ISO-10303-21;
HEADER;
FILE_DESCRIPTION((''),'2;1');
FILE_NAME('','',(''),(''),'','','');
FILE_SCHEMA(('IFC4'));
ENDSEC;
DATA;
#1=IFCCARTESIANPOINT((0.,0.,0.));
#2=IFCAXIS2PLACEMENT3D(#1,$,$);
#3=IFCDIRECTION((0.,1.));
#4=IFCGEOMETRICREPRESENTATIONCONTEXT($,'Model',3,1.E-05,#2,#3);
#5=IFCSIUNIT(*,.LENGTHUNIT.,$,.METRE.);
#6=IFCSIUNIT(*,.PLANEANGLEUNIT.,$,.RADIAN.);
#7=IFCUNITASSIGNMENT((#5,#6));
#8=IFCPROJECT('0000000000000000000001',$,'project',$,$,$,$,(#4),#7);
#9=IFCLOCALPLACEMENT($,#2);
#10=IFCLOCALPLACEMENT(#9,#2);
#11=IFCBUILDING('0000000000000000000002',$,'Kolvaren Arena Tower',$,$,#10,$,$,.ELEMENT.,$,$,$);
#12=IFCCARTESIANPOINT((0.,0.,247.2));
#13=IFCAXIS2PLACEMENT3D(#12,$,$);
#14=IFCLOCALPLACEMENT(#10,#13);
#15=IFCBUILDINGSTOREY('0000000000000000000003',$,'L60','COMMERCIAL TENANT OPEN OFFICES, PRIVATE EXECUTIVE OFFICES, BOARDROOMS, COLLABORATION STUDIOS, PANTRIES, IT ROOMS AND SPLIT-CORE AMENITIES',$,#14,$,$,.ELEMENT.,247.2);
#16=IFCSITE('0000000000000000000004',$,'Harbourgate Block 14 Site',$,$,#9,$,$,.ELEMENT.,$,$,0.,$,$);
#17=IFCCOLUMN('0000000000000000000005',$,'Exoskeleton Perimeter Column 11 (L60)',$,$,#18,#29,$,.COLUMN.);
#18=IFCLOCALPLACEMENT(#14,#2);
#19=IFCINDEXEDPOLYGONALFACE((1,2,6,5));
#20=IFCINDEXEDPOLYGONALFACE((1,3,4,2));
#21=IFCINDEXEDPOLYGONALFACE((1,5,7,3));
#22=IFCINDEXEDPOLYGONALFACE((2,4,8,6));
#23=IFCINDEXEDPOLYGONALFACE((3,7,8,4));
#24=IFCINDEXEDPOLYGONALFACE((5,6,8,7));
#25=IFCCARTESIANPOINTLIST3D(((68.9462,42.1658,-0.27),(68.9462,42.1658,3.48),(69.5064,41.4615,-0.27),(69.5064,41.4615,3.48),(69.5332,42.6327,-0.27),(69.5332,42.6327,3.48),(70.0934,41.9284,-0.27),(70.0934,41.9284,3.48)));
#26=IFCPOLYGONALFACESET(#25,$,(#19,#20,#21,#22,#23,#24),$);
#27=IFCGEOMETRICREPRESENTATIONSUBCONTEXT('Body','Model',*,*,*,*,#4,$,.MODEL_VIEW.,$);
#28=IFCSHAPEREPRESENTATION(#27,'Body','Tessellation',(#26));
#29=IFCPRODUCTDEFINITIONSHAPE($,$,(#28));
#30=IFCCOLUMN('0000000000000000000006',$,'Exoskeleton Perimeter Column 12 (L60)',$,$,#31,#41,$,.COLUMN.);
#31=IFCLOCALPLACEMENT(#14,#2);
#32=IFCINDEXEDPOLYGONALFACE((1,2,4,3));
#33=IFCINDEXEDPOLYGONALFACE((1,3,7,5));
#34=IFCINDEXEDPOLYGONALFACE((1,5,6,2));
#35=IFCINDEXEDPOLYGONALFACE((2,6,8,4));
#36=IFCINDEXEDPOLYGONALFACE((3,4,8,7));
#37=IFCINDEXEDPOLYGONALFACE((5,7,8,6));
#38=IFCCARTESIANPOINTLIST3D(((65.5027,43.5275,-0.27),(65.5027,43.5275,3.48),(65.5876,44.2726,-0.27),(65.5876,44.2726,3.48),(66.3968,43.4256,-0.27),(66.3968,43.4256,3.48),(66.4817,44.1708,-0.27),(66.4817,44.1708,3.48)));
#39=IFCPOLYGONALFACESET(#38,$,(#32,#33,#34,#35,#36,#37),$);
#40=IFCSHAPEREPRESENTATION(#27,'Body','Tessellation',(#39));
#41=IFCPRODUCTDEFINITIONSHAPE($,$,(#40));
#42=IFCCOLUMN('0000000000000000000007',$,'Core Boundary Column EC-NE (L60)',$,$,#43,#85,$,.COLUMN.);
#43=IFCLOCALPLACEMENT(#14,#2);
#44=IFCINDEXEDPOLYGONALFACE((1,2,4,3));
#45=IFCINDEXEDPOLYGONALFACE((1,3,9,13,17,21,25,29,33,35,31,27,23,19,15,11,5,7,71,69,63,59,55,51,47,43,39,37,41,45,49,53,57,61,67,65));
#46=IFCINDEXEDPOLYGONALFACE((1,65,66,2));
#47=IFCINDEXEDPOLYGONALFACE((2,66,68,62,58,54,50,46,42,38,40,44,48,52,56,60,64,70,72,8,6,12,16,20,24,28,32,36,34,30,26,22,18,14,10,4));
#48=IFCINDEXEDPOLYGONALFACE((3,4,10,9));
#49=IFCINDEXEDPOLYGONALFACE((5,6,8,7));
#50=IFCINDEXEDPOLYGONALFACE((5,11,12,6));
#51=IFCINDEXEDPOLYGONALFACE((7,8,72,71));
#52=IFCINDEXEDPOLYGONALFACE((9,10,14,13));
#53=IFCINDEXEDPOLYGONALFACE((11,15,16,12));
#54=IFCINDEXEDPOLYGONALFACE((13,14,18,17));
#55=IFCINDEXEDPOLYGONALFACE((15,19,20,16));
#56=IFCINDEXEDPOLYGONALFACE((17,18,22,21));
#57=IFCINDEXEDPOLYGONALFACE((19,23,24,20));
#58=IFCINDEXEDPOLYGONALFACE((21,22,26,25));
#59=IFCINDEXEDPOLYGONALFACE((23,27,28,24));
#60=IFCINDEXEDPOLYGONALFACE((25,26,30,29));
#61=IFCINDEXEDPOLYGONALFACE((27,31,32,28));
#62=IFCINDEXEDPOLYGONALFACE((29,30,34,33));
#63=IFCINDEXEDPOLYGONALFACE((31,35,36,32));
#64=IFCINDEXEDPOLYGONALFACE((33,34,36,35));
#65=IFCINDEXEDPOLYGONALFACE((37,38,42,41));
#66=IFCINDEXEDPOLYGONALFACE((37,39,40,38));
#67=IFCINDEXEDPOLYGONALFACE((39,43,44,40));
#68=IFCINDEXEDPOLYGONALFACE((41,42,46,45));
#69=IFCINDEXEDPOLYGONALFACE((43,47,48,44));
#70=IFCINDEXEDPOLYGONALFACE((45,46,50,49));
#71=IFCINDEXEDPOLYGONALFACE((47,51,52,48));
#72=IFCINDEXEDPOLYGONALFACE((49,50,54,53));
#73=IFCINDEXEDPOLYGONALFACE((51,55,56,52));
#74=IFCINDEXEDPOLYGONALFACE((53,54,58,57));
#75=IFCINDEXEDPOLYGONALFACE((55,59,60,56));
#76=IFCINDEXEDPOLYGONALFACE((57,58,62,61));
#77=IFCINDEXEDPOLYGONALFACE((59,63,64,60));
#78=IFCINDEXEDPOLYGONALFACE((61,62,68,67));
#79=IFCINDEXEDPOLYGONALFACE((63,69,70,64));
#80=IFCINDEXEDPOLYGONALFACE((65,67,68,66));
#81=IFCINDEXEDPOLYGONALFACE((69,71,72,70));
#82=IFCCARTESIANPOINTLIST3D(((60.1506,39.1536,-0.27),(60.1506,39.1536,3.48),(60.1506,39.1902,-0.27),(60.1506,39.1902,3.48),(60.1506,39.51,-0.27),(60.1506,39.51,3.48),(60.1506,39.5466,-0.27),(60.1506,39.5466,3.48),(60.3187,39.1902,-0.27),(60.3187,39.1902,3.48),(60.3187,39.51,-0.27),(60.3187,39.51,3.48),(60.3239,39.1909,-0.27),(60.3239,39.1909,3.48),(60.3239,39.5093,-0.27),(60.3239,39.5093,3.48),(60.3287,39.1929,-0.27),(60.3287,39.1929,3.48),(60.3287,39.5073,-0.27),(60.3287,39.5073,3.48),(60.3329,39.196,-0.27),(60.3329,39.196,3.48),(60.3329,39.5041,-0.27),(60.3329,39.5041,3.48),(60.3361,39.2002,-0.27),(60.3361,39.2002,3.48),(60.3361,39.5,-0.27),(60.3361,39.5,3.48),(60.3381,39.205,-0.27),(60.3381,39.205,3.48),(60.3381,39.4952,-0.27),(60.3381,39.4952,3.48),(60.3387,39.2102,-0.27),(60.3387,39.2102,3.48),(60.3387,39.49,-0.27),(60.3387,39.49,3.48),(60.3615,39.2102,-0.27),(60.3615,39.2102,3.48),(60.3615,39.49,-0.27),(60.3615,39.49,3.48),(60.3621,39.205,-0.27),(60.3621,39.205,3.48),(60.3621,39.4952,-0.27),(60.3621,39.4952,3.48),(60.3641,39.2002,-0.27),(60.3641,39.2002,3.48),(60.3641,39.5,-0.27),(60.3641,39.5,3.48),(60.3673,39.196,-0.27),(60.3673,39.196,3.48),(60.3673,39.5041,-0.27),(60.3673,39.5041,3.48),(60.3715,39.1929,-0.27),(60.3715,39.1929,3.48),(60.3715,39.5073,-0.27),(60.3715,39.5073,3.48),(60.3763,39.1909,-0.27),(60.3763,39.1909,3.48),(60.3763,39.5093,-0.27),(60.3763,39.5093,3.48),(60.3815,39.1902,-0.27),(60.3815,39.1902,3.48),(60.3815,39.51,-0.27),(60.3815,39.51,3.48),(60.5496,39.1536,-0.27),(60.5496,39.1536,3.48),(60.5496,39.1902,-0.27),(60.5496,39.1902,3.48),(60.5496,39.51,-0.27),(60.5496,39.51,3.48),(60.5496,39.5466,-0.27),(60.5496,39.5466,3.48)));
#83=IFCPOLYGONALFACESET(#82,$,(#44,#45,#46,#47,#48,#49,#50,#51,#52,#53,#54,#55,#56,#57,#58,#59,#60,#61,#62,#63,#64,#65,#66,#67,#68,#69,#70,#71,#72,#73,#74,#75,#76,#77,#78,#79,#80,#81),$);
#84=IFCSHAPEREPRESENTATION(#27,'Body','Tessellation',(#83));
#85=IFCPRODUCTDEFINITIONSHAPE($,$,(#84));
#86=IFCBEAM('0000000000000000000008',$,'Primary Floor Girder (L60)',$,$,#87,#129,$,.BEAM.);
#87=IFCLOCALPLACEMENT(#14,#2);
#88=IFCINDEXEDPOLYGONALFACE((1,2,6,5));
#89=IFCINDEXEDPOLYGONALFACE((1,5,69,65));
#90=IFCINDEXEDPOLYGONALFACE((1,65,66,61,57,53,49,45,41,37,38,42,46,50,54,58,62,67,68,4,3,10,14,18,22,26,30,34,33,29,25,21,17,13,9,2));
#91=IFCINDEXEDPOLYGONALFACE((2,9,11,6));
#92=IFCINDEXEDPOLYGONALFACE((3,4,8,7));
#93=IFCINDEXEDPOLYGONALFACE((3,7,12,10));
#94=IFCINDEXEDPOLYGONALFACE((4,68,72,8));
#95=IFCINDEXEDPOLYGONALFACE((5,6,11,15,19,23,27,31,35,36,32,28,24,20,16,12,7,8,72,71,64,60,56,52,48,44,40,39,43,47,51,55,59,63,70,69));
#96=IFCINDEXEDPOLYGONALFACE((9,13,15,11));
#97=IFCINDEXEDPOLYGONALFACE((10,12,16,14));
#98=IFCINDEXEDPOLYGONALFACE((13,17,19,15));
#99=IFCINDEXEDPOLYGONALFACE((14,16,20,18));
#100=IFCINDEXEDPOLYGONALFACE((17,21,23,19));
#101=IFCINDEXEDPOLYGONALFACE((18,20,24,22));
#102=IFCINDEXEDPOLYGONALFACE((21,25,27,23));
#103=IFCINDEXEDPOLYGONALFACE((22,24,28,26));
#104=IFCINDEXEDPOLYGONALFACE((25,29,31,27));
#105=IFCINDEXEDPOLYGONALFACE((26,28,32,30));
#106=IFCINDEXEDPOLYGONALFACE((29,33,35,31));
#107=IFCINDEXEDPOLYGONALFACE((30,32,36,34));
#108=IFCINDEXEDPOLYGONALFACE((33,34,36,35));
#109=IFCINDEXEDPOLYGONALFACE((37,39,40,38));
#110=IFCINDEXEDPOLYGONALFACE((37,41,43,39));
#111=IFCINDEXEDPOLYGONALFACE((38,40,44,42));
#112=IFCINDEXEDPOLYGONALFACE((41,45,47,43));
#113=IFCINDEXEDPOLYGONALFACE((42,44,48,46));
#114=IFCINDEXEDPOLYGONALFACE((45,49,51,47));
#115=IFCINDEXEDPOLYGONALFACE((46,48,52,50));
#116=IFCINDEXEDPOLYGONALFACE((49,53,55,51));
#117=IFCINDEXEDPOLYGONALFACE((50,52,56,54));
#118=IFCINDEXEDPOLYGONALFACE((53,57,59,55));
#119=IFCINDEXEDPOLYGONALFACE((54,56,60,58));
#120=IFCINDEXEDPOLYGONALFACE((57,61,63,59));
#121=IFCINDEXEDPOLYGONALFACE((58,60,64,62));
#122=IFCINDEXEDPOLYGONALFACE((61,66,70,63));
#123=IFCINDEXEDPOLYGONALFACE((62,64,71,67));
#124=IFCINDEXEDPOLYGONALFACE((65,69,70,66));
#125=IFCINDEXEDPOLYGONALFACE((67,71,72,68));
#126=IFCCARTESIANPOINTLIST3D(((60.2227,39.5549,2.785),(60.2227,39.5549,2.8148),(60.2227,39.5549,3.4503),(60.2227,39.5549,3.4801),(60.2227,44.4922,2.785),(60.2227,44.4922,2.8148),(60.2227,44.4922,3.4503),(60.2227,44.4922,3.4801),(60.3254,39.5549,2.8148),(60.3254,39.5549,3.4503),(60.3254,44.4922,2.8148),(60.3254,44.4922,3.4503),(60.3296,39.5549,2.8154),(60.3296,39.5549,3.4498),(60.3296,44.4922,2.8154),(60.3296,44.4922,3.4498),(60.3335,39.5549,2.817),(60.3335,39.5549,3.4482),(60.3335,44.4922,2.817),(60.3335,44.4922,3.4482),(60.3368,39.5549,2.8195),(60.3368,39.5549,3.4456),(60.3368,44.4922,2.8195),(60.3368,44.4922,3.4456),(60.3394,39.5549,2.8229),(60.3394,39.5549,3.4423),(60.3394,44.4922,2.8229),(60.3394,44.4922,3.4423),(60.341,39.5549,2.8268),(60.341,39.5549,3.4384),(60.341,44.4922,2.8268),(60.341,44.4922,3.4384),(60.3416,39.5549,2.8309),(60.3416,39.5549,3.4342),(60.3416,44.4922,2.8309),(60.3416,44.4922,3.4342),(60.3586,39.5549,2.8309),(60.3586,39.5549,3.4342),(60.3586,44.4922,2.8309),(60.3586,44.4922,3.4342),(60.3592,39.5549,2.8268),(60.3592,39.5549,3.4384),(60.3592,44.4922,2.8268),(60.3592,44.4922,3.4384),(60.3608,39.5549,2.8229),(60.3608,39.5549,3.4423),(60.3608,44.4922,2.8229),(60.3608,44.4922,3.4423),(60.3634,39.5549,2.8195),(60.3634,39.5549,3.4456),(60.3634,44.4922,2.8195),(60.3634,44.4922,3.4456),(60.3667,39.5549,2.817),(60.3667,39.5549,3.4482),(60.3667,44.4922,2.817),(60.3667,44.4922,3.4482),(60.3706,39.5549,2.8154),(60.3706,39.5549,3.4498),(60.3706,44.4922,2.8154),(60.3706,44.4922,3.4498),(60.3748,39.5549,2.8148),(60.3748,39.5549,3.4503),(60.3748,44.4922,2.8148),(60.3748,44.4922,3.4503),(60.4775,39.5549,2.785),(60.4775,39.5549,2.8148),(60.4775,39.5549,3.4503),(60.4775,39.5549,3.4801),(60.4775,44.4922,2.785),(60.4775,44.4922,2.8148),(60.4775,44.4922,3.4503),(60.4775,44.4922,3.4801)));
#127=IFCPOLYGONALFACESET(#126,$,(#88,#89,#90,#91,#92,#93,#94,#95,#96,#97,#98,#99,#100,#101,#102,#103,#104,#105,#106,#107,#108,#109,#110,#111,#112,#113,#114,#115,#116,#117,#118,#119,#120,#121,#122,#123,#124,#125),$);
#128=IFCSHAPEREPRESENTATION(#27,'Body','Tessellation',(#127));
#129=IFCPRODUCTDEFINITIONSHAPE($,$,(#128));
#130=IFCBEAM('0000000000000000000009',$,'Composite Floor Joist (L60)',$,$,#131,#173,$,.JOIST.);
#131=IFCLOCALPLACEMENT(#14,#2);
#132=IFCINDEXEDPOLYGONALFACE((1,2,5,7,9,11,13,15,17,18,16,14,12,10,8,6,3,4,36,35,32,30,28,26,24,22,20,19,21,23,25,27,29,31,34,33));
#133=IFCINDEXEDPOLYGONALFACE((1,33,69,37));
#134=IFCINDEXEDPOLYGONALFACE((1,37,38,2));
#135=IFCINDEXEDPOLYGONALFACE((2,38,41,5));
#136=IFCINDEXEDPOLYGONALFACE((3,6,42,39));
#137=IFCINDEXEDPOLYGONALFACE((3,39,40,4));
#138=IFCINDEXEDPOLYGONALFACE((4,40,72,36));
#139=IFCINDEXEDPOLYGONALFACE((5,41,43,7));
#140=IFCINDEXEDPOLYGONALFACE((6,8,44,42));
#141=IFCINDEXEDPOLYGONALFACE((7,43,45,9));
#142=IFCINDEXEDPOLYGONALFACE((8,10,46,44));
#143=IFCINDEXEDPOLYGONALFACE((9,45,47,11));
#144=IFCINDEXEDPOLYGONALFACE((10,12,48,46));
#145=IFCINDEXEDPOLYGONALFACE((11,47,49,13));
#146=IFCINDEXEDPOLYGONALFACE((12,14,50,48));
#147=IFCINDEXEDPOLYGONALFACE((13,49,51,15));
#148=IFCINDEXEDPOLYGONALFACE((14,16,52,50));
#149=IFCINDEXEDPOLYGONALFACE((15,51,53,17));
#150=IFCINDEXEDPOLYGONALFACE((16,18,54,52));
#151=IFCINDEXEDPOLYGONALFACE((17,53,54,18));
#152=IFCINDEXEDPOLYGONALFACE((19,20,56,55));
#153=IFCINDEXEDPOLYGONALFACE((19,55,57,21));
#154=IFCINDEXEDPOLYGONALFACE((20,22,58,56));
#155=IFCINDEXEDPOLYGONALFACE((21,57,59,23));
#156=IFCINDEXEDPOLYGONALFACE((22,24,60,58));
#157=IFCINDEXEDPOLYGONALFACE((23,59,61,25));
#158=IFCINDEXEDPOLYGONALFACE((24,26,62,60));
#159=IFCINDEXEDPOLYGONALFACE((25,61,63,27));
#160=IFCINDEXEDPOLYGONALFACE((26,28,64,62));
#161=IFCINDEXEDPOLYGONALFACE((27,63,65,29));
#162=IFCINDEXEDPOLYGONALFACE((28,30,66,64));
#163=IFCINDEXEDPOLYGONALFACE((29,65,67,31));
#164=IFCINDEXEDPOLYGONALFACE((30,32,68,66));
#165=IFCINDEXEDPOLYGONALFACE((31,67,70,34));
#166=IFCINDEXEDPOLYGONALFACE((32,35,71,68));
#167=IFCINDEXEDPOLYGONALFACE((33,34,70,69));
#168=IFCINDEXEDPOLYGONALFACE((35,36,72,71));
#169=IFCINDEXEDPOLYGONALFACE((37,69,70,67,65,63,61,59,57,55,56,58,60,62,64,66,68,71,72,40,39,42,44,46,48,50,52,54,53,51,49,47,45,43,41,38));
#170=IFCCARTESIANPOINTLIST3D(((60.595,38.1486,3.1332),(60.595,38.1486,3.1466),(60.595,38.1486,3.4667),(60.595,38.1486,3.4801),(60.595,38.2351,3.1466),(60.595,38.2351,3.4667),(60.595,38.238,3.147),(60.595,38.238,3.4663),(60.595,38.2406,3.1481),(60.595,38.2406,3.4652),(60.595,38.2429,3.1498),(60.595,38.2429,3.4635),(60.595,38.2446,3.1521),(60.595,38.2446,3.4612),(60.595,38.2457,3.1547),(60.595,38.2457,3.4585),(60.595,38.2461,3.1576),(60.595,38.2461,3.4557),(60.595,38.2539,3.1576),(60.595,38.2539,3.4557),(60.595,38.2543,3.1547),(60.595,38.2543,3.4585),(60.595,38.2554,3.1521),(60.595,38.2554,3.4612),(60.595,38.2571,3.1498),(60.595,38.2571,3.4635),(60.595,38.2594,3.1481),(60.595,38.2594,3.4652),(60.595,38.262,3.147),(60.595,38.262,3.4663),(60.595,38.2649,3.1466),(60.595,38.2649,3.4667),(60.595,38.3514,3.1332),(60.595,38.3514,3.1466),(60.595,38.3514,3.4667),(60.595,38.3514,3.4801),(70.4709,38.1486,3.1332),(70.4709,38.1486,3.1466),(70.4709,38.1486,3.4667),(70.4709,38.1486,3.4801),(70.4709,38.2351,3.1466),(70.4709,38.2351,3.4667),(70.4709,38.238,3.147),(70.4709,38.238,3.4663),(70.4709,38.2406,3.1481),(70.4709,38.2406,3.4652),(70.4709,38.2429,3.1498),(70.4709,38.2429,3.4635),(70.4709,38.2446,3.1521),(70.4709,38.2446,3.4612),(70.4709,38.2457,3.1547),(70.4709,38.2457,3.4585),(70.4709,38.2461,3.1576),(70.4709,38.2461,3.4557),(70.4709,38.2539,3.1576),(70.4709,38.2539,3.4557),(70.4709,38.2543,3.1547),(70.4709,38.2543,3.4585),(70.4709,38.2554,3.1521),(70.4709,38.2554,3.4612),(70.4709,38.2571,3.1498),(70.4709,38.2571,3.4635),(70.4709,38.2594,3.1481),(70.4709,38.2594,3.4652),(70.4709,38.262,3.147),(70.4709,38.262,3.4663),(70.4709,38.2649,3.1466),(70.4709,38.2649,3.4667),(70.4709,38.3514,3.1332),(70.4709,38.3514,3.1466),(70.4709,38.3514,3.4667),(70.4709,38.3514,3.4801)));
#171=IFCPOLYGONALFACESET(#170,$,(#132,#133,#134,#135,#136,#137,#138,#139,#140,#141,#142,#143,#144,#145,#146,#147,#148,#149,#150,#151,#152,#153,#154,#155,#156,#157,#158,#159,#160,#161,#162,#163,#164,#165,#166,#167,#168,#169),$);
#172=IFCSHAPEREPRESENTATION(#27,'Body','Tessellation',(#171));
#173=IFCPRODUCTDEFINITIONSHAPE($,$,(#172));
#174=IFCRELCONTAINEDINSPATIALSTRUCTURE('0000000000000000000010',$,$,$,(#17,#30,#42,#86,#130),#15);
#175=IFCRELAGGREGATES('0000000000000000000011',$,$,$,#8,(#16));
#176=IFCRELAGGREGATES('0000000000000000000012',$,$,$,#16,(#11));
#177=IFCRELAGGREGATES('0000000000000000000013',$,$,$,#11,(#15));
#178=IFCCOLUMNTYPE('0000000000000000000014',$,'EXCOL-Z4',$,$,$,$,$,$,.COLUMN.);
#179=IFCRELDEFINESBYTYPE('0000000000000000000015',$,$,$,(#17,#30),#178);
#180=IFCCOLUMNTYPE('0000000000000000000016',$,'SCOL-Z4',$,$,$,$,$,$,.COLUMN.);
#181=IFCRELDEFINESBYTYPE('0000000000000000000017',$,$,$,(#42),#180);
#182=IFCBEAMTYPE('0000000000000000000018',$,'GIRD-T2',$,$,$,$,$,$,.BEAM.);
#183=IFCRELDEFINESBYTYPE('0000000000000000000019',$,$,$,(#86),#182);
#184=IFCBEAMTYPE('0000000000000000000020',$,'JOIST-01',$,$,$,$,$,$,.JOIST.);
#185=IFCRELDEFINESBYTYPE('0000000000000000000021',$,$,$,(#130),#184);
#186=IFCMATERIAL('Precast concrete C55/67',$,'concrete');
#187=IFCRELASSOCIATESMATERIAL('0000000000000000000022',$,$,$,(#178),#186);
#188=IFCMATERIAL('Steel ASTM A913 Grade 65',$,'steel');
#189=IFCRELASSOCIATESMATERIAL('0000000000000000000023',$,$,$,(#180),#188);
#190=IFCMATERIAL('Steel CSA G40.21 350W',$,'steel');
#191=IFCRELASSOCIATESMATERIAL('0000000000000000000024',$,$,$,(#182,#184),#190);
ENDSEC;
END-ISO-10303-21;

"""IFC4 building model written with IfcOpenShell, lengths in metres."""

from ifc_helpers import new_model, si_unit, direction, frame, origin, origin_2d, place, context, subcontext, project, spatial, rectangle, i_section, extrude, material, material_profile, profile_set, type_object, element, save


model = new_model("IFC4")

# Units and contexts
model_context = context("Model", 3, precision=1e-05, world=origin(), true_north=direction((0.0, 1.0)))
body_context = subcontext(model_context, "Body", "Model", "MODEL_VIEW")
ifc_project = project(units=[si_unit("LENGTHUNIT", "METRE"), si_unit("PLANEANGLEUNIT", "RADIAN")], contexts=[model_context])

# Site, building, storey
site_placement = place(None, origin())
site = spatial("IfcSite", under=ifc_project, at=site_placement, Name="Harbourgate Block 14 Site", CompositionType="ELEMENT", RefElevation=0.0)
building_placement = place(site_placement, origin())
building = spatial("IfcBuilding", under=site, at=building_placement, Name="Kolvaren Arena Tower", CompositionType="ELEMENT")
storey_placement = place(building_placement, frame((0.0, 0.0, 247.2)))
storey = spatial("IfcBuildingStorey", under=building, at=storey_placement, Name="L60", Description="COMMERCIAL TENANT OPEN OFFICES, PRIVATE EXECUTIVE OFFICES, BOARDROOMS, COLLABORATION STUDIOS, PANTRIES, IT ROOMS AND SPLIT-CORE AMENITIES", CompositionType="ELEMENT", Elevation=247.2)

# Columns
ifc_material_1 = material(Name="Precast concrete C55/67", Category="concrete")
ifc_material_profile_1 = material_profile(ifc_material_1, rectangle(XDim=0.8999, YDim=0.75, at=origin_2d()), Name="RC-900x750")
ifc_profile_set_1 = profile_set([ifc_material_profile_1], Name="Precast concrete C55/67")
column_type_1 = type_object("IfcColumnType", Name="EXCOL-Z4", PredefinedType="COLUMN", material=ifc_profile_set_1)
for number, where, z_axis, x_axis, name in (
    (1, (69.5198, 42.0471, -0.27), (0.0, 0.0, 1.0), (-0.622515, 0.782608, 0.0), "Exoskeleton Perimeter Column 11 (L60)"),
    (2, (65.9922, 43.8491, -0.27), (0.0, 0.0, 1.0), (0.993572, -0.113203, 0.0), "Exoskeleton Perimeter Column 12 (L60)"),
):
    element("IfcColumn", number, at=place(storey_placement, frame(where, z_axis=z_axis, x_axis=x_axis)), inside=storey, type_object=column_type_1, Name=name, PredefinedType="COLUMN", context=body_context, shape_type="SweptSolid", body=[
        extrude(rectangle(XDim=0.8999, YDim=0.75, at=origin_2d()), origin(), (0.0, 0.0, 1.0), 3.75),
    ])
ifc_material_2 = material(Name="Steel ASTM A913 Grade 65", Category="steel")
ifc_material_profile_2 = material_profile(ifc_material_2, i_section(OverallWidth=0.3989, OverallDepth=0.3931, WebThickness=0.0227, FlangeThickness=0.0366, FilletRadius=0.02, at=origin_2d()), Name="W360x287")
ifc_profile_set_2 = profile_set([ifc_material_profile_2], Name="Steel ASTM A913 Grade 65")
column_type_2 = type_object("IfcColumnType", Name="SCOL-Z4", PredefinedType="COLUMN", material=ifc_profile_set_2)
column_placement = place(storey_placement, frame((60.3501, 39.3501, -0.27), z_axis=(0.0, 0.0, 1.0), x_axis=(1.0, 0.0, 0.0)))
element("IfcColumn", 3, at=column_placement, inside=storey, type_object=column_type_2, Name="Core Boundary Column EC-NE (L60)", PredefinedType="COLUMN", context=body_context, shape_type="SweptSolid", body=[
    extrude(i_section(OverallWidth=0.3989, OverallDepth=0.3931, WebThickness=0.0227, FlangeThickness=0.0366, FilletRadius=0.02, at=origin_2d()), origin(), (0.0, 0.0, 1.0), 3.75),
])

# Beams
ifc_material_3 = material(Name="Steel CSA G40.21 350W", Category="steel")
ifc_material_profile_3 = material_profile(ifc_material_3, i_section(OverallWidth=0.2549, OverallDepth=0.6951, WebThickness=0.0171, FlangeThickness=0.0298, FilletRadius=0.0161, at=origin_2d()), Name="W690x217")
ifc_profile_set_3 = profile_set([ifc_material_profile_3], Name="Steel CSA G40.21 350W")
beam_type_1 = type_object("IfcBeamType", Name="GIRD-T2", PredefinedType="BEAM", material=ifc_profile_set_3)
beam_1_placement = place(storey_placement, frame((60.3501, 39.5549, 3.1326), z_axis=(0.0, 1.0, 0.0), x_axis=(-1.0, 0.0, 0.0)))
element("IfcBeam", 4, at=beam_1_placement, inside=storey, type_object=beam_type_1, Name="Primary Floor Girder (L60)", PredefinedType="BEAM", context=body_context, shape_type="SweptSolid", body=[
    extrude(i_section(OverallWidth=0.2549, OverallDepth=0.6951, WebThickness=0.0171, FlangeThickness=0.0298, FilletRadius=0.0161, at=origin_2d()), origin(), (0.0, 0.0, 1.0), 4.9373),
])
ifc_material_profile_4 = material_profile(ifc_material_3, i_section(OverallWidth=0.2029, OverallDepth=0.3469, WebThickness=0.0078, FlangeThickness=0.0134, FilletRadius=0.011, at=origin_2d()), Name="W360x64")
ifc_profile_set_4 = profile_set([ifc_material_profile_4], Name="Steel CSA G40.21 350W")
beam_type_2 = type_object("IfcBeamType", Name="JOIST-01", PredefinedType="JOIST", material=ifc_profile_set_4)
beam_2_placement = place(storey_placement, frame((60.595, 38.25, 3.3066), z_axis=(1.0, 0.0, 0.0), x_axis=(0.0, 1.0, 0.0)))
element("IfcBeam", 5, at=beam_2_placement, inside=storey, type_object=beam_type_2, Name="Composite Floor Joist (L60)", PredefinedType="JOIST", context=body_context, shape_type="SweptSolid", body=[
    extrude(i_section(OverallWidth=0.2029, OverallDepth=0.3469, WebThickness=0.0078, FlangeThickness=0.0134, FilletRadius=0.011, at=origin_2d()), origin(), (0.0, 0.0, 1.0), 9.876),
])

save(model, "model.ifc")
